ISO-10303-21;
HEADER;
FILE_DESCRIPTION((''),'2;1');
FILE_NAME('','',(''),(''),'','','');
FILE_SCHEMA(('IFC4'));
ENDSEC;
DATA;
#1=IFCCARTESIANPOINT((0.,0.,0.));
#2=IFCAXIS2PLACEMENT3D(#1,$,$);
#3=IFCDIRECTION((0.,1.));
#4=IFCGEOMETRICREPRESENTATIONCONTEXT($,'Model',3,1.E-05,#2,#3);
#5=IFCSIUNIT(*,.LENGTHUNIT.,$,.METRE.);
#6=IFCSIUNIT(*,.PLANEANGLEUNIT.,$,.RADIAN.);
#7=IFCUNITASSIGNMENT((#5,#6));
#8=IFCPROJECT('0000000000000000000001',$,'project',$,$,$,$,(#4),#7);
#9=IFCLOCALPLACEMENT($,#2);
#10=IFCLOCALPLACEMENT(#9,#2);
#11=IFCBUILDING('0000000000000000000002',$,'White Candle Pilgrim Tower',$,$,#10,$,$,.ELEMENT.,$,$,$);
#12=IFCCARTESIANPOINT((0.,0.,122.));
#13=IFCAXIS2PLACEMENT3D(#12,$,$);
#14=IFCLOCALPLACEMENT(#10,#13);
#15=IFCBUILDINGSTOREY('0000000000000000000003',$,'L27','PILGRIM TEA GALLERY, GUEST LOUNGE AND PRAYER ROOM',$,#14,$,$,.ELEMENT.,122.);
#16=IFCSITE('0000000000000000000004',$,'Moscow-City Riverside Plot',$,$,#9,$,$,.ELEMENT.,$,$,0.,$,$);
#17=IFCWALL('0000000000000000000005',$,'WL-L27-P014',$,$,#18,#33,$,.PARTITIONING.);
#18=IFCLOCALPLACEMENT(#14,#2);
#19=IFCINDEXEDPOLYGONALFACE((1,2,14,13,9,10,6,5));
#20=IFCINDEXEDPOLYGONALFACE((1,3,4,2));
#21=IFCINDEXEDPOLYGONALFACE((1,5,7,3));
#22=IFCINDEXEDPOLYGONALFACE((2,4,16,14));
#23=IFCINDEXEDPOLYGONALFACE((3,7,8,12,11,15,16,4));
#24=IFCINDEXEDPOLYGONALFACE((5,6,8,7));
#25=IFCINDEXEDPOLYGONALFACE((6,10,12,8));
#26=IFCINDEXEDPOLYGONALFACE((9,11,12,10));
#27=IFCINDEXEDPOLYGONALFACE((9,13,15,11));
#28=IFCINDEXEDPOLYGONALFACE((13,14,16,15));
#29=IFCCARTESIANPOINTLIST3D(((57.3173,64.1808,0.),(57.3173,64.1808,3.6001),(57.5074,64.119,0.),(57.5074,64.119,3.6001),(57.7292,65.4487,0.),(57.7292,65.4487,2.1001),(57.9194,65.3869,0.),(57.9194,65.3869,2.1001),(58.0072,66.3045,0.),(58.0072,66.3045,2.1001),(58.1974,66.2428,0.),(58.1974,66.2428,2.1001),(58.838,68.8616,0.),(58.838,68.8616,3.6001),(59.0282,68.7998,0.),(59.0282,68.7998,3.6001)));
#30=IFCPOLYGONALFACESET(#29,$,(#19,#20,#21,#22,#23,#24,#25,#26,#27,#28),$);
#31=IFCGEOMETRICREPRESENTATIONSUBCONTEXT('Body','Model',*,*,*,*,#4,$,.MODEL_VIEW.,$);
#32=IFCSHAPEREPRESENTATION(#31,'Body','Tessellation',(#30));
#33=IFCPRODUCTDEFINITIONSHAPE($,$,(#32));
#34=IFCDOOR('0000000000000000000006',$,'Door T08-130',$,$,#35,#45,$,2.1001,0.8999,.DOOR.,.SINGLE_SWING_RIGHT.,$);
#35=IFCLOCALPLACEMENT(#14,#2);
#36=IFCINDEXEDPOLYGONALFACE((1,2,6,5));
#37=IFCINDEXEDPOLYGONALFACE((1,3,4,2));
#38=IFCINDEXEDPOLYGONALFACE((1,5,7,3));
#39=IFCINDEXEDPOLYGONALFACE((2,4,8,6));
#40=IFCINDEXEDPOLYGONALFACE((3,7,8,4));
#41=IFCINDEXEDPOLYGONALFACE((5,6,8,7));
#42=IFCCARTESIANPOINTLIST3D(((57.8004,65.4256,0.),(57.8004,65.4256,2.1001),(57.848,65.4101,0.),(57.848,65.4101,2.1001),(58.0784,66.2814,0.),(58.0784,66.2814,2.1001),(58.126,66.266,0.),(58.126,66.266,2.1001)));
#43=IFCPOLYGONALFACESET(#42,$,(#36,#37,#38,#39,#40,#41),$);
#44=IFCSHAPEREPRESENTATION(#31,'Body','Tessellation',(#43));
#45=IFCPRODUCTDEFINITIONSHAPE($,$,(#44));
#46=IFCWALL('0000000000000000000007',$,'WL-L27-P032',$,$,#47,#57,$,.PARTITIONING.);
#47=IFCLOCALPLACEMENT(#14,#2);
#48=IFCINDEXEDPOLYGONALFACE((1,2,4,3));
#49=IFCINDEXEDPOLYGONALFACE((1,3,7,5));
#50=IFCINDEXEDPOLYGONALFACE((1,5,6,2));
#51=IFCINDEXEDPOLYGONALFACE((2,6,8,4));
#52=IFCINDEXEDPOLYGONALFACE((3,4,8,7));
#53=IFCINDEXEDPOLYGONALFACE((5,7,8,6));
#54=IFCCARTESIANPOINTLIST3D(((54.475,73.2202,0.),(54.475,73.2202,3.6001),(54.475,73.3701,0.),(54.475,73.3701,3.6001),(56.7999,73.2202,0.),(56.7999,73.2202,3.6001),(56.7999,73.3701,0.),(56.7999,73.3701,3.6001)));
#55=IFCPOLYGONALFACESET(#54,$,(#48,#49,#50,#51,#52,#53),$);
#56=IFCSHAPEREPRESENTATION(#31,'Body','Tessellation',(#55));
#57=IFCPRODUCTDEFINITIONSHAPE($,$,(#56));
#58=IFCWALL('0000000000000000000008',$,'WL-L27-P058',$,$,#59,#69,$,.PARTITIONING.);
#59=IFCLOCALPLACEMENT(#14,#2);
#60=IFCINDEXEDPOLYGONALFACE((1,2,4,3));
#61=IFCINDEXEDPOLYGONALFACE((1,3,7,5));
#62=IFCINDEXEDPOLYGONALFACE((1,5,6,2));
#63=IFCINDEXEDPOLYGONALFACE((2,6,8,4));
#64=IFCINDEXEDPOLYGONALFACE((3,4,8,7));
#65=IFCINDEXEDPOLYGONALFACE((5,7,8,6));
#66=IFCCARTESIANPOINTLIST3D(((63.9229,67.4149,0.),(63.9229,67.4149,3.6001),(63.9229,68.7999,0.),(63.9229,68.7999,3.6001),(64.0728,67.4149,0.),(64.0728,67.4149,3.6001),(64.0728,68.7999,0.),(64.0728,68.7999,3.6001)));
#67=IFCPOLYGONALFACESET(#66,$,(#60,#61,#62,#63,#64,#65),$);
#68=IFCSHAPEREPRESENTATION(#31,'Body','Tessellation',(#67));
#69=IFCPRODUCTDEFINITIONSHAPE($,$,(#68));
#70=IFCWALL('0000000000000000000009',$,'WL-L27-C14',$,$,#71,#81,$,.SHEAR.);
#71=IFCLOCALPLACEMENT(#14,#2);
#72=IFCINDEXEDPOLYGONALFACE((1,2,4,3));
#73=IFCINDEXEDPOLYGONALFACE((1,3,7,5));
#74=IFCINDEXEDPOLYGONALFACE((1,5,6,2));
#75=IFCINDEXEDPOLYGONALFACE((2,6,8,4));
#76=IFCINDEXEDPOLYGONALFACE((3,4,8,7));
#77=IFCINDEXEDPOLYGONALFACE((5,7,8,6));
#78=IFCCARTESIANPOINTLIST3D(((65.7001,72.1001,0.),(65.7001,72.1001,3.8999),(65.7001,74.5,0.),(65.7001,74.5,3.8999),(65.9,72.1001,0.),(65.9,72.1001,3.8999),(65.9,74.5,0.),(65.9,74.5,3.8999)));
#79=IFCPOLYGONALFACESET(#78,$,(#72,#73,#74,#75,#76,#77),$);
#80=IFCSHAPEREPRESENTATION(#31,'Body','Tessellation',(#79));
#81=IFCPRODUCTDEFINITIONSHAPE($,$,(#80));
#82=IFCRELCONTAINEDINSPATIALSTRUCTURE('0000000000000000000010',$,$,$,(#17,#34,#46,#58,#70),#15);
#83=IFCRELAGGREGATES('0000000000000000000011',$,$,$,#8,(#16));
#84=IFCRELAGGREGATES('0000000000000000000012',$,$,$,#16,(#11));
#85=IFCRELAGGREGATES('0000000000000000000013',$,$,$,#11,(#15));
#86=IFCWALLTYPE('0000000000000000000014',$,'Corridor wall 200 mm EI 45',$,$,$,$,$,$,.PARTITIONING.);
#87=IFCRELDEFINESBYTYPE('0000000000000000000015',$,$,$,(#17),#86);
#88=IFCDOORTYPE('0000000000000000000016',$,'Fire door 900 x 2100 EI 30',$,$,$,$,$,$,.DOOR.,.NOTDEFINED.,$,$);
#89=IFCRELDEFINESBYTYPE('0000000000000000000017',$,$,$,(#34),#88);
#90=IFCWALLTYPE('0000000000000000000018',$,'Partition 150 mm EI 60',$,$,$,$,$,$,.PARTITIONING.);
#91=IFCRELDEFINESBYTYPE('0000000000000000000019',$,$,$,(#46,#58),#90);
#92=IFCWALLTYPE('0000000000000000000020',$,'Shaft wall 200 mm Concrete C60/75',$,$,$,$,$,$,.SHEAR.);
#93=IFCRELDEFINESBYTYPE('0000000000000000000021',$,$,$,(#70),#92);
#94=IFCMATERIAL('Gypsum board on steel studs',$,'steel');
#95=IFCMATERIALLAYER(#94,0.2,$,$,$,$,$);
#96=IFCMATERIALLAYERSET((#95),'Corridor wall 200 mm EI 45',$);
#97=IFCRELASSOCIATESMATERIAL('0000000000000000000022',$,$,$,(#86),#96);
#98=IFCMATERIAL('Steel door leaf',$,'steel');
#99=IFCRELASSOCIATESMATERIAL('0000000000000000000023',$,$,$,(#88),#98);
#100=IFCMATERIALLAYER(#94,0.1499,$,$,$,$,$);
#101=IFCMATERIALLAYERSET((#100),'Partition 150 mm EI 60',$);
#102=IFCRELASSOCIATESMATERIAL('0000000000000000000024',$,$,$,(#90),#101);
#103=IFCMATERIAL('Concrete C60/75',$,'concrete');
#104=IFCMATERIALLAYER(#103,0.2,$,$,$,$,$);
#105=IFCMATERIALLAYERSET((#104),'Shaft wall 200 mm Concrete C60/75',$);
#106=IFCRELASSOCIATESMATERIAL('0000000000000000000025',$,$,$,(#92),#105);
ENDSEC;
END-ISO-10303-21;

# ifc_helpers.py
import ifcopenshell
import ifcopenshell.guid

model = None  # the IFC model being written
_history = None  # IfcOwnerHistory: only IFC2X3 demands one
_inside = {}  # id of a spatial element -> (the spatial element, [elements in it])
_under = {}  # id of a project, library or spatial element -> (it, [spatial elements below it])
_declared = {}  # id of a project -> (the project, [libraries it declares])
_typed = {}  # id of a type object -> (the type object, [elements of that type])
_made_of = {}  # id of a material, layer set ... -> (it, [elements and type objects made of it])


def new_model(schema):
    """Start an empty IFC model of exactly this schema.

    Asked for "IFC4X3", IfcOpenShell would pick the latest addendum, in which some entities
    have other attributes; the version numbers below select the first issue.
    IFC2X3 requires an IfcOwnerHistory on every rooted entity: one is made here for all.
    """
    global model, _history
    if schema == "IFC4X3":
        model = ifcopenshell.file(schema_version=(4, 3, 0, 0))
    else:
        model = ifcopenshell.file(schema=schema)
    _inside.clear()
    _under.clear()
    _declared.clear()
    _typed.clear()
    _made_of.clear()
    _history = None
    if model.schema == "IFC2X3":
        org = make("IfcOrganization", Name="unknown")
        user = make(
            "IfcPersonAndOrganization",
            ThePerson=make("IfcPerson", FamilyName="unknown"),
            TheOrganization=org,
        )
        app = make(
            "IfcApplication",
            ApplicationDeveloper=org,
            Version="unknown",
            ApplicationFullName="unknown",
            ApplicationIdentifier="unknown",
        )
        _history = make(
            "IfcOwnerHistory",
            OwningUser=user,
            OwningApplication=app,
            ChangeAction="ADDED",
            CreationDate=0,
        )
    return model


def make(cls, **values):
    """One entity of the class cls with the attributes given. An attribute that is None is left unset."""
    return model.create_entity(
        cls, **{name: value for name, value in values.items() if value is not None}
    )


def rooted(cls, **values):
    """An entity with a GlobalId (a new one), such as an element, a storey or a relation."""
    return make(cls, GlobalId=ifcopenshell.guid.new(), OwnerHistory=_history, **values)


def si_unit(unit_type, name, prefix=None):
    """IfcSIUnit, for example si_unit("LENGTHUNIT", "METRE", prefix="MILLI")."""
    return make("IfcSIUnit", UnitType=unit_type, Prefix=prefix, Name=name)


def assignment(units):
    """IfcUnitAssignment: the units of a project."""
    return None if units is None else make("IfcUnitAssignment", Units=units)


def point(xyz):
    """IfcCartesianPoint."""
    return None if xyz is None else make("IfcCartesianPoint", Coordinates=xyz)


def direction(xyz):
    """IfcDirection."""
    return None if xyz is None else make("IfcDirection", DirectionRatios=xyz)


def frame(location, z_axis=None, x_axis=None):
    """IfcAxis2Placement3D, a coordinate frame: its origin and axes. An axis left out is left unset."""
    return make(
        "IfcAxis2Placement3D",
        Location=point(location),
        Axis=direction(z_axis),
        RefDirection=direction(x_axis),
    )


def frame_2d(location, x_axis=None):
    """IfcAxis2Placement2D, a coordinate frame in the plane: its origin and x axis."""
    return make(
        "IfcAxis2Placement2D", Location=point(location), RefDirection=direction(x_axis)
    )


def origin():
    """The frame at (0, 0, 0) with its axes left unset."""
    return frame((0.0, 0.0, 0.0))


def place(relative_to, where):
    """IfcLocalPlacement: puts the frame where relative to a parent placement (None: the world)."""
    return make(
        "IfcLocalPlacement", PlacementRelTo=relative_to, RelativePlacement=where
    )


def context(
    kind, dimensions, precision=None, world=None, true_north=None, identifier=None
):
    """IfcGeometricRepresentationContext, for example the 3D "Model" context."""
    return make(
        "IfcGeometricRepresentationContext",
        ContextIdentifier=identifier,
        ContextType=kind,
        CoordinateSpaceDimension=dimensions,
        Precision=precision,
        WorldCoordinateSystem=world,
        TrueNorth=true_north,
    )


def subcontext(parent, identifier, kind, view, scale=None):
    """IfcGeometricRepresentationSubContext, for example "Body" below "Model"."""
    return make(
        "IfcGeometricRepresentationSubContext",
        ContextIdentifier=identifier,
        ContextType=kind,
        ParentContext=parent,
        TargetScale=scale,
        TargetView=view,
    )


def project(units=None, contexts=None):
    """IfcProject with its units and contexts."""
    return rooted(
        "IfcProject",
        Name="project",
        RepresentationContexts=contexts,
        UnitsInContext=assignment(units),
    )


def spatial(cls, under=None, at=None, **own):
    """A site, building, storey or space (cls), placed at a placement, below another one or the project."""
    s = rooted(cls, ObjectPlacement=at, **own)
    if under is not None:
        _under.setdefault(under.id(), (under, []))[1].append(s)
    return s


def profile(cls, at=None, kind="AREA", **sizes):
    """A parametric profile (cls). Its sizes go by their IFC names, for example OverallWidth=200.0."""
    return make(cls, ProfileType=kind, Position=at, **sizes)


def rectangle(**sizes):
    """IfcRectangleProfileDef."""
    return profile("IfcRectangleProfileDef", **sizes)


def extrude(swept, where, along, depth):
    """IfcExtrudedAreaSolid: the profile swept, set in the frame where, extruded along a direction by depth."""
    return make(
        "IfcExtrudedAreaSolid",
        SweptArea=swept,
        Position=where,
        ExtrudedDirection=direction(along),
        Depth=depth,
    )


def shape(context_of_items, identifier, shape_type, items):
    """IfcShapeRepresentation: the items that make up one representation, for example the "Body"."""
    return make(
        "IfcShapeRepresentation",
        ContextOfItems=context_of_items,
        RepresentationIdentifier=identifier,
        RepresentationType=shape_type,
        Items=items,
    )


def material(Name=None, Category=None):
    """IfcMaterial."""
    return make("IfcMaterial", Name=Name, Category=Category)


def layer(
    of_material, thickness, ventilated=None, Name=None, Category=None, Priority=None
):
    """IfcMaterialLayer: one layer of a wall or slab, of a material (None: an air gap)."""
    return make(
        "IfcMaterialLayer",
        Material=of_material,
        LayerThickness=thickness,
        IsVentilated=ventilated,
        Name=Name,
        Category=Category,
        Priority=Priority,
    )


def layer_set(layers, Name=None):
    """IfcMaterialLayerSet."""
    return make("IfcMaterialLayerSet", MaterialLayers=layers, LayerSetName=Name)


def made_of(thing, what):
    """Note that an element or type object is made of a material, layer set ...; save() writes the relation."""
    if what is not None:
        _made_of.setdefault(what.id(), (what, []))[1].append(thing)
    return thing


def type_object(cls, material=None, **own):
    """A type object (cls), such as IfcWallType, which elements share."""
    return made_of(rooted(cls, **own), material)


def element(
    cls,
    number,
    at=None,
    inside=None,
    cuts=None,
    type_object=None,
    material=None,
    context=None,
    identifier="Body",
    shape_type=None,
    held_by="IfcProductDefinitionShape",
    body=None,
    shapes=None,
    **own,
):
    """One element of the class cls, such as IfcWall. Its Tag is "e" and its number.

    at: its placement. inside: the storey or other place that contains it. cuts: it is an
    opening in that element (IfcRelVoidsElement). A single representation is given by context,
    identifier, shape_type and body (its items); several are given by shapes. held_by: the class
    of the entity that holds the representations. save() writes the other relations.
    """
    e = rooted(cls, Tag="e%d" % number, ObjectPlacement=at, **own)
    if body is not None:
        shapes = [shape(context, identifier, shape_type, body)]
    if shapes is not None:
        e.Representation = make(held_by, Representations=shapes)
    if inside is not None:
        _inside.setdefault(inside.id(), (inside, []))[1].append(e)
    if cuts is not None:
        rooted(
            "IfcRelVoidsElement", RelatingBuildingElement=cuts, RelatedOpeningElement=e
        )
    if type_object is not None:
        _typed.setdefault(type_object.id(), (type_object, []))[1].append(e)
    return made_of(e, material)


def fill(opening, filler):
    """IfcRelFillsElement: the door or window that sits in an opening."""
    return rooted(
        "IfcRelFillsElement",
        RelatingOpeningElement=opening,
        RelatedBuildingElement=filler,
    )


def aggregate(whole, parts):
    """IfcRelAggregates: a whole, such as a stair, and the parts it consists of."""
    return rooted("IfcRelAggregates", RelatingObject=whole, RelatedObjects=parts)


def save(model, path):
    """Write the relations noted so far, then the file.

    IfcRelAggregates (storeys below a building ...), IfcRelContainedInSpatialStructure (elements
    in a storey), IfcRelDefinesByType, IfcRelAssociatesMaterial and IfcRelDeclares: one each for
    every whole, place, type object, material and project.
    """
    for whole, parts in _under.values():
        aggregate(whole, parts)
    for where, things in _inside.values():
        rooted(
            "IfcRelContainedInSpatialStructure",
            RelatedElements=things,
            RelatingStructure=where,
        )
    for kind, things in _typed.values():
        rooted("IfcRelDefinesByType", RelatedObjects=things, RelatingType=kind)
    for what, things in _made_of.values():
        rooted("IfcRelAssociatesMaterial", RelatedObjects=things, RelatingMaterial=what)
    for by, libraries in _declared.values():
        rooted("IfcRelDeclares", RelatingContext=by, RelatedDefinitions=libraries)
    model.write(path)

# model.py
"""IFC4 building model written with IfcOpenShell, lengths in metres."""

from ifc_helpers import new_model, si_unit, direction, frame, frame_2d, origin, place, context, subcontext, project, spatial, rectangle, extrude, material, layer, layer_set, type_object, element, fill, save


model = new_model("IFC4")

# Units and contexts
model_context = context("Model", 3, precision=1e-05, world=origin(), true_north=direction((0.0, 1.0)))
body_context = subcontext(model_context, "Body", "Model", "MODEL_VIEW")
ifc_project = project(units=[si_unit("LENGTHUNIT", "METRE"), si_unit("PLANEANGLEUNIT", "RADIAN")], contexts=[model_context])

# Site, building, storey
site_placement = place(None, origin())
site = spatial("IfcSite", under=ifc_project, at=site_placement, Name="Moscow-City Riverside Plot", CompositionType="ELEMENT", RefElevation=0.0)
building_placement = place(site_placement, origin())
building = spatial("IfcBuilding", under=site, at=building_placement, Name="White Candle Pilgrim Tower", CompositionType="ELEMENT")
storey_placement = place(building_placement, frame((0.0, 0.0, 122.0)))
storey = spatial("IfcBuildingStorey", under=building, at=storey_placement, Name="L27", Description="PILGRIM TEA GALLERY, GUEST LOUNGE AND PRAYER ROOM", CompositionType="ELEMENT", Elevation=122.0)

# Shared definitions
ifc_material_1 = material(Name="Gypsum board on steel studs", Category="steel")
ifc_layer_1 = layer(ifc_material_1, 0.2)
ifc_layer_set_1 = layer_set([ifc_layer_1], Name="Corridor wall 200 mm EI 45")
wall_type_1 = type_object("IfcWallType", Name="Corridor wall 200 mm EI 45", PredefinedType="PARTITIONING", material=ifc_layer_set_1)
ifc_material_2 = material(Name="Steel door leaf", Category="steel")
door_type_1 = type_object("IfcDoorType", Name="Fire door 900 x 2100 EI 30", OperationType="NOTDEFINED", PredefinedType="DOOR", material=ifc_material_2)

# Wall, opening, door
wall_1_placement = place(storey_placement, frame((58.9331, 68.8308, 0.0), z_axis=(0.0, 0.0, 1.0), x_axis=(-0.308986, -0.951067, 0.0)))
wall_1 = element("IfcWall", 1, at=wall_1_placement, inside=storey, type_object=wall_type_1, Name="WL-L27-P014", PredefinedType="PARTITIONING", context=body_context, shape_type="SweptSolid", body=[
    extrude(rectangle(XDim=4.9216, YDim=0.2, at=frame_2d((2.4609, 0.0))), origin(), (0.0, 0.0, 1.0), 3.6001),
])
opening_1_placement = place(wall_1_placement, frame((2.6887, 0.0, 0.0)))
opening_1 = element("IfcOpeningElement", 2, at=opening_1_placement, cuts=wall_1, PredefinedType="OPENING", context=body_context, shape_type="SweptSolid", body=[
    extrude(rectangle(XDim=0.8999, YDim=2.1001, at=frame_2d((0.45, 1.05))), frame((0.0, 0.1099, 0.0), z_axis=(0.0, -1.0, 0.0), x_axis=(1.0, 0.0, 0.0)), (0.0, 0.0, 1.0), 0.22),
])
door_1_placement = place(opening_1_placement, origin())
door_1 = element("IfcDoor", 3, at=door_1_placement, inside=storey, type_object=door_type_1, Name="Door T08-130", OperationType="SINGLE_SWING_RIGHT", OverallHeight=2.1001, OverallWidth=0.8999, PredefinedType="DOOR", context=body_context, shape_type="SweptSolid", body=[
    extrude(rectangle(XDim=0.8999, YDim=2.1001, at=frame_2d((0.45, 1.05))), frame((0.0, 0.0249, 0.0), z_axis=(0.0, -1.0, 0.0), x_axis=(1.0, 0.0, 0.0)), (0.0, 0.0, 1.0), 0.05),
])
fill(opening_1, door_1)

# Walls
ifc_layer_2 = layer(ifc_material_1, 0.1499)
ifc_layer_set_2 = layer_set([ifc_layer_2], Name="Partition 150 mm EI 60")
wall_type_2 = type_object("IfcWallType", Name="Partition 150 mm EI 60", PredefinedType="PARTITIONING", material=ifc_layer_set_2)
wall_2_placement = place(storey_placement, frame((56.8, 73.2952, 0.0), z_axis=(0.0, 0.0, 1.0), x_axis=(-1.0, 0.0, 0.0)))
element("IfcWall", 4, at=wall_2_placement, inside=storey, type_object=wall_type_2, Name="WL-L27-P032", PredefinedType="PARTITIONING", context=body_context, shape_type="SweptSolid", body=[
    extrude(rectangle(XDim=2.325, YDim=0.1499, at=frame_2d((1.1626, 0.0))), origin(), (0.0, 0.0, 1.0), 3.6001),
])
wall_3_placement = place(storey_placement, frame((63.9978, 67.415, 0.0), z_axis=(0.0, 0.0, 1.0), x_axis=(0.0, 1.0, 0.0)))
element("IfcWall", 5, at=wall_3_placement, inside=storey, type_object=wall_type_2, Name="WL-L27-P058", PredefinedType="PARTITIONING", context=body_context, shape_type="SweptSolid", body=[
    extrude(rectangle(XDim=1.385, YDim=0.1499, at=frame_2d((0.6924, 0.0))), origin(), (0.0, 0.0, 1.0), 3.6001),
])
ifc_material_3 = material(Name="Concrete C60/75", Category="concrete")
ifc_layer_3 = layer(ifc_material_3, 0.2)
ifc_layer_set_3 = layer_set([ifc_layer_3], Name="Shaft wall 200 mm Concrete C60/75")
wall_type_3 = type_object("IfcWallType", Name="Shaft wall 200 mm Concrete C60/75", PredefinedType="SHEAR", material=ifc_layer_set_3)
wall_4_placement = place(storey_placement, frame((65.8, 72.1001, 0.0), z_axis=(0.0, 0.0, 1.0), x_axis=(0.0, 1.0, 0.0)))
element("IfcWall", 6, at=wall_4_placement, inside=storey, type_object=wall_type_3, Name="WL-L27-C14", PredefinedType="SHEAR", context=body_context, shape_type="SweptSolid", body=[
    extrude(rectangle(XDim=2.3999, YDim=0.2, at=frame_2d((1.2, 0.0))), origin(), (0.0, 0.0, 1.0), 3.8999),
])

save(model, "model.ifc")
